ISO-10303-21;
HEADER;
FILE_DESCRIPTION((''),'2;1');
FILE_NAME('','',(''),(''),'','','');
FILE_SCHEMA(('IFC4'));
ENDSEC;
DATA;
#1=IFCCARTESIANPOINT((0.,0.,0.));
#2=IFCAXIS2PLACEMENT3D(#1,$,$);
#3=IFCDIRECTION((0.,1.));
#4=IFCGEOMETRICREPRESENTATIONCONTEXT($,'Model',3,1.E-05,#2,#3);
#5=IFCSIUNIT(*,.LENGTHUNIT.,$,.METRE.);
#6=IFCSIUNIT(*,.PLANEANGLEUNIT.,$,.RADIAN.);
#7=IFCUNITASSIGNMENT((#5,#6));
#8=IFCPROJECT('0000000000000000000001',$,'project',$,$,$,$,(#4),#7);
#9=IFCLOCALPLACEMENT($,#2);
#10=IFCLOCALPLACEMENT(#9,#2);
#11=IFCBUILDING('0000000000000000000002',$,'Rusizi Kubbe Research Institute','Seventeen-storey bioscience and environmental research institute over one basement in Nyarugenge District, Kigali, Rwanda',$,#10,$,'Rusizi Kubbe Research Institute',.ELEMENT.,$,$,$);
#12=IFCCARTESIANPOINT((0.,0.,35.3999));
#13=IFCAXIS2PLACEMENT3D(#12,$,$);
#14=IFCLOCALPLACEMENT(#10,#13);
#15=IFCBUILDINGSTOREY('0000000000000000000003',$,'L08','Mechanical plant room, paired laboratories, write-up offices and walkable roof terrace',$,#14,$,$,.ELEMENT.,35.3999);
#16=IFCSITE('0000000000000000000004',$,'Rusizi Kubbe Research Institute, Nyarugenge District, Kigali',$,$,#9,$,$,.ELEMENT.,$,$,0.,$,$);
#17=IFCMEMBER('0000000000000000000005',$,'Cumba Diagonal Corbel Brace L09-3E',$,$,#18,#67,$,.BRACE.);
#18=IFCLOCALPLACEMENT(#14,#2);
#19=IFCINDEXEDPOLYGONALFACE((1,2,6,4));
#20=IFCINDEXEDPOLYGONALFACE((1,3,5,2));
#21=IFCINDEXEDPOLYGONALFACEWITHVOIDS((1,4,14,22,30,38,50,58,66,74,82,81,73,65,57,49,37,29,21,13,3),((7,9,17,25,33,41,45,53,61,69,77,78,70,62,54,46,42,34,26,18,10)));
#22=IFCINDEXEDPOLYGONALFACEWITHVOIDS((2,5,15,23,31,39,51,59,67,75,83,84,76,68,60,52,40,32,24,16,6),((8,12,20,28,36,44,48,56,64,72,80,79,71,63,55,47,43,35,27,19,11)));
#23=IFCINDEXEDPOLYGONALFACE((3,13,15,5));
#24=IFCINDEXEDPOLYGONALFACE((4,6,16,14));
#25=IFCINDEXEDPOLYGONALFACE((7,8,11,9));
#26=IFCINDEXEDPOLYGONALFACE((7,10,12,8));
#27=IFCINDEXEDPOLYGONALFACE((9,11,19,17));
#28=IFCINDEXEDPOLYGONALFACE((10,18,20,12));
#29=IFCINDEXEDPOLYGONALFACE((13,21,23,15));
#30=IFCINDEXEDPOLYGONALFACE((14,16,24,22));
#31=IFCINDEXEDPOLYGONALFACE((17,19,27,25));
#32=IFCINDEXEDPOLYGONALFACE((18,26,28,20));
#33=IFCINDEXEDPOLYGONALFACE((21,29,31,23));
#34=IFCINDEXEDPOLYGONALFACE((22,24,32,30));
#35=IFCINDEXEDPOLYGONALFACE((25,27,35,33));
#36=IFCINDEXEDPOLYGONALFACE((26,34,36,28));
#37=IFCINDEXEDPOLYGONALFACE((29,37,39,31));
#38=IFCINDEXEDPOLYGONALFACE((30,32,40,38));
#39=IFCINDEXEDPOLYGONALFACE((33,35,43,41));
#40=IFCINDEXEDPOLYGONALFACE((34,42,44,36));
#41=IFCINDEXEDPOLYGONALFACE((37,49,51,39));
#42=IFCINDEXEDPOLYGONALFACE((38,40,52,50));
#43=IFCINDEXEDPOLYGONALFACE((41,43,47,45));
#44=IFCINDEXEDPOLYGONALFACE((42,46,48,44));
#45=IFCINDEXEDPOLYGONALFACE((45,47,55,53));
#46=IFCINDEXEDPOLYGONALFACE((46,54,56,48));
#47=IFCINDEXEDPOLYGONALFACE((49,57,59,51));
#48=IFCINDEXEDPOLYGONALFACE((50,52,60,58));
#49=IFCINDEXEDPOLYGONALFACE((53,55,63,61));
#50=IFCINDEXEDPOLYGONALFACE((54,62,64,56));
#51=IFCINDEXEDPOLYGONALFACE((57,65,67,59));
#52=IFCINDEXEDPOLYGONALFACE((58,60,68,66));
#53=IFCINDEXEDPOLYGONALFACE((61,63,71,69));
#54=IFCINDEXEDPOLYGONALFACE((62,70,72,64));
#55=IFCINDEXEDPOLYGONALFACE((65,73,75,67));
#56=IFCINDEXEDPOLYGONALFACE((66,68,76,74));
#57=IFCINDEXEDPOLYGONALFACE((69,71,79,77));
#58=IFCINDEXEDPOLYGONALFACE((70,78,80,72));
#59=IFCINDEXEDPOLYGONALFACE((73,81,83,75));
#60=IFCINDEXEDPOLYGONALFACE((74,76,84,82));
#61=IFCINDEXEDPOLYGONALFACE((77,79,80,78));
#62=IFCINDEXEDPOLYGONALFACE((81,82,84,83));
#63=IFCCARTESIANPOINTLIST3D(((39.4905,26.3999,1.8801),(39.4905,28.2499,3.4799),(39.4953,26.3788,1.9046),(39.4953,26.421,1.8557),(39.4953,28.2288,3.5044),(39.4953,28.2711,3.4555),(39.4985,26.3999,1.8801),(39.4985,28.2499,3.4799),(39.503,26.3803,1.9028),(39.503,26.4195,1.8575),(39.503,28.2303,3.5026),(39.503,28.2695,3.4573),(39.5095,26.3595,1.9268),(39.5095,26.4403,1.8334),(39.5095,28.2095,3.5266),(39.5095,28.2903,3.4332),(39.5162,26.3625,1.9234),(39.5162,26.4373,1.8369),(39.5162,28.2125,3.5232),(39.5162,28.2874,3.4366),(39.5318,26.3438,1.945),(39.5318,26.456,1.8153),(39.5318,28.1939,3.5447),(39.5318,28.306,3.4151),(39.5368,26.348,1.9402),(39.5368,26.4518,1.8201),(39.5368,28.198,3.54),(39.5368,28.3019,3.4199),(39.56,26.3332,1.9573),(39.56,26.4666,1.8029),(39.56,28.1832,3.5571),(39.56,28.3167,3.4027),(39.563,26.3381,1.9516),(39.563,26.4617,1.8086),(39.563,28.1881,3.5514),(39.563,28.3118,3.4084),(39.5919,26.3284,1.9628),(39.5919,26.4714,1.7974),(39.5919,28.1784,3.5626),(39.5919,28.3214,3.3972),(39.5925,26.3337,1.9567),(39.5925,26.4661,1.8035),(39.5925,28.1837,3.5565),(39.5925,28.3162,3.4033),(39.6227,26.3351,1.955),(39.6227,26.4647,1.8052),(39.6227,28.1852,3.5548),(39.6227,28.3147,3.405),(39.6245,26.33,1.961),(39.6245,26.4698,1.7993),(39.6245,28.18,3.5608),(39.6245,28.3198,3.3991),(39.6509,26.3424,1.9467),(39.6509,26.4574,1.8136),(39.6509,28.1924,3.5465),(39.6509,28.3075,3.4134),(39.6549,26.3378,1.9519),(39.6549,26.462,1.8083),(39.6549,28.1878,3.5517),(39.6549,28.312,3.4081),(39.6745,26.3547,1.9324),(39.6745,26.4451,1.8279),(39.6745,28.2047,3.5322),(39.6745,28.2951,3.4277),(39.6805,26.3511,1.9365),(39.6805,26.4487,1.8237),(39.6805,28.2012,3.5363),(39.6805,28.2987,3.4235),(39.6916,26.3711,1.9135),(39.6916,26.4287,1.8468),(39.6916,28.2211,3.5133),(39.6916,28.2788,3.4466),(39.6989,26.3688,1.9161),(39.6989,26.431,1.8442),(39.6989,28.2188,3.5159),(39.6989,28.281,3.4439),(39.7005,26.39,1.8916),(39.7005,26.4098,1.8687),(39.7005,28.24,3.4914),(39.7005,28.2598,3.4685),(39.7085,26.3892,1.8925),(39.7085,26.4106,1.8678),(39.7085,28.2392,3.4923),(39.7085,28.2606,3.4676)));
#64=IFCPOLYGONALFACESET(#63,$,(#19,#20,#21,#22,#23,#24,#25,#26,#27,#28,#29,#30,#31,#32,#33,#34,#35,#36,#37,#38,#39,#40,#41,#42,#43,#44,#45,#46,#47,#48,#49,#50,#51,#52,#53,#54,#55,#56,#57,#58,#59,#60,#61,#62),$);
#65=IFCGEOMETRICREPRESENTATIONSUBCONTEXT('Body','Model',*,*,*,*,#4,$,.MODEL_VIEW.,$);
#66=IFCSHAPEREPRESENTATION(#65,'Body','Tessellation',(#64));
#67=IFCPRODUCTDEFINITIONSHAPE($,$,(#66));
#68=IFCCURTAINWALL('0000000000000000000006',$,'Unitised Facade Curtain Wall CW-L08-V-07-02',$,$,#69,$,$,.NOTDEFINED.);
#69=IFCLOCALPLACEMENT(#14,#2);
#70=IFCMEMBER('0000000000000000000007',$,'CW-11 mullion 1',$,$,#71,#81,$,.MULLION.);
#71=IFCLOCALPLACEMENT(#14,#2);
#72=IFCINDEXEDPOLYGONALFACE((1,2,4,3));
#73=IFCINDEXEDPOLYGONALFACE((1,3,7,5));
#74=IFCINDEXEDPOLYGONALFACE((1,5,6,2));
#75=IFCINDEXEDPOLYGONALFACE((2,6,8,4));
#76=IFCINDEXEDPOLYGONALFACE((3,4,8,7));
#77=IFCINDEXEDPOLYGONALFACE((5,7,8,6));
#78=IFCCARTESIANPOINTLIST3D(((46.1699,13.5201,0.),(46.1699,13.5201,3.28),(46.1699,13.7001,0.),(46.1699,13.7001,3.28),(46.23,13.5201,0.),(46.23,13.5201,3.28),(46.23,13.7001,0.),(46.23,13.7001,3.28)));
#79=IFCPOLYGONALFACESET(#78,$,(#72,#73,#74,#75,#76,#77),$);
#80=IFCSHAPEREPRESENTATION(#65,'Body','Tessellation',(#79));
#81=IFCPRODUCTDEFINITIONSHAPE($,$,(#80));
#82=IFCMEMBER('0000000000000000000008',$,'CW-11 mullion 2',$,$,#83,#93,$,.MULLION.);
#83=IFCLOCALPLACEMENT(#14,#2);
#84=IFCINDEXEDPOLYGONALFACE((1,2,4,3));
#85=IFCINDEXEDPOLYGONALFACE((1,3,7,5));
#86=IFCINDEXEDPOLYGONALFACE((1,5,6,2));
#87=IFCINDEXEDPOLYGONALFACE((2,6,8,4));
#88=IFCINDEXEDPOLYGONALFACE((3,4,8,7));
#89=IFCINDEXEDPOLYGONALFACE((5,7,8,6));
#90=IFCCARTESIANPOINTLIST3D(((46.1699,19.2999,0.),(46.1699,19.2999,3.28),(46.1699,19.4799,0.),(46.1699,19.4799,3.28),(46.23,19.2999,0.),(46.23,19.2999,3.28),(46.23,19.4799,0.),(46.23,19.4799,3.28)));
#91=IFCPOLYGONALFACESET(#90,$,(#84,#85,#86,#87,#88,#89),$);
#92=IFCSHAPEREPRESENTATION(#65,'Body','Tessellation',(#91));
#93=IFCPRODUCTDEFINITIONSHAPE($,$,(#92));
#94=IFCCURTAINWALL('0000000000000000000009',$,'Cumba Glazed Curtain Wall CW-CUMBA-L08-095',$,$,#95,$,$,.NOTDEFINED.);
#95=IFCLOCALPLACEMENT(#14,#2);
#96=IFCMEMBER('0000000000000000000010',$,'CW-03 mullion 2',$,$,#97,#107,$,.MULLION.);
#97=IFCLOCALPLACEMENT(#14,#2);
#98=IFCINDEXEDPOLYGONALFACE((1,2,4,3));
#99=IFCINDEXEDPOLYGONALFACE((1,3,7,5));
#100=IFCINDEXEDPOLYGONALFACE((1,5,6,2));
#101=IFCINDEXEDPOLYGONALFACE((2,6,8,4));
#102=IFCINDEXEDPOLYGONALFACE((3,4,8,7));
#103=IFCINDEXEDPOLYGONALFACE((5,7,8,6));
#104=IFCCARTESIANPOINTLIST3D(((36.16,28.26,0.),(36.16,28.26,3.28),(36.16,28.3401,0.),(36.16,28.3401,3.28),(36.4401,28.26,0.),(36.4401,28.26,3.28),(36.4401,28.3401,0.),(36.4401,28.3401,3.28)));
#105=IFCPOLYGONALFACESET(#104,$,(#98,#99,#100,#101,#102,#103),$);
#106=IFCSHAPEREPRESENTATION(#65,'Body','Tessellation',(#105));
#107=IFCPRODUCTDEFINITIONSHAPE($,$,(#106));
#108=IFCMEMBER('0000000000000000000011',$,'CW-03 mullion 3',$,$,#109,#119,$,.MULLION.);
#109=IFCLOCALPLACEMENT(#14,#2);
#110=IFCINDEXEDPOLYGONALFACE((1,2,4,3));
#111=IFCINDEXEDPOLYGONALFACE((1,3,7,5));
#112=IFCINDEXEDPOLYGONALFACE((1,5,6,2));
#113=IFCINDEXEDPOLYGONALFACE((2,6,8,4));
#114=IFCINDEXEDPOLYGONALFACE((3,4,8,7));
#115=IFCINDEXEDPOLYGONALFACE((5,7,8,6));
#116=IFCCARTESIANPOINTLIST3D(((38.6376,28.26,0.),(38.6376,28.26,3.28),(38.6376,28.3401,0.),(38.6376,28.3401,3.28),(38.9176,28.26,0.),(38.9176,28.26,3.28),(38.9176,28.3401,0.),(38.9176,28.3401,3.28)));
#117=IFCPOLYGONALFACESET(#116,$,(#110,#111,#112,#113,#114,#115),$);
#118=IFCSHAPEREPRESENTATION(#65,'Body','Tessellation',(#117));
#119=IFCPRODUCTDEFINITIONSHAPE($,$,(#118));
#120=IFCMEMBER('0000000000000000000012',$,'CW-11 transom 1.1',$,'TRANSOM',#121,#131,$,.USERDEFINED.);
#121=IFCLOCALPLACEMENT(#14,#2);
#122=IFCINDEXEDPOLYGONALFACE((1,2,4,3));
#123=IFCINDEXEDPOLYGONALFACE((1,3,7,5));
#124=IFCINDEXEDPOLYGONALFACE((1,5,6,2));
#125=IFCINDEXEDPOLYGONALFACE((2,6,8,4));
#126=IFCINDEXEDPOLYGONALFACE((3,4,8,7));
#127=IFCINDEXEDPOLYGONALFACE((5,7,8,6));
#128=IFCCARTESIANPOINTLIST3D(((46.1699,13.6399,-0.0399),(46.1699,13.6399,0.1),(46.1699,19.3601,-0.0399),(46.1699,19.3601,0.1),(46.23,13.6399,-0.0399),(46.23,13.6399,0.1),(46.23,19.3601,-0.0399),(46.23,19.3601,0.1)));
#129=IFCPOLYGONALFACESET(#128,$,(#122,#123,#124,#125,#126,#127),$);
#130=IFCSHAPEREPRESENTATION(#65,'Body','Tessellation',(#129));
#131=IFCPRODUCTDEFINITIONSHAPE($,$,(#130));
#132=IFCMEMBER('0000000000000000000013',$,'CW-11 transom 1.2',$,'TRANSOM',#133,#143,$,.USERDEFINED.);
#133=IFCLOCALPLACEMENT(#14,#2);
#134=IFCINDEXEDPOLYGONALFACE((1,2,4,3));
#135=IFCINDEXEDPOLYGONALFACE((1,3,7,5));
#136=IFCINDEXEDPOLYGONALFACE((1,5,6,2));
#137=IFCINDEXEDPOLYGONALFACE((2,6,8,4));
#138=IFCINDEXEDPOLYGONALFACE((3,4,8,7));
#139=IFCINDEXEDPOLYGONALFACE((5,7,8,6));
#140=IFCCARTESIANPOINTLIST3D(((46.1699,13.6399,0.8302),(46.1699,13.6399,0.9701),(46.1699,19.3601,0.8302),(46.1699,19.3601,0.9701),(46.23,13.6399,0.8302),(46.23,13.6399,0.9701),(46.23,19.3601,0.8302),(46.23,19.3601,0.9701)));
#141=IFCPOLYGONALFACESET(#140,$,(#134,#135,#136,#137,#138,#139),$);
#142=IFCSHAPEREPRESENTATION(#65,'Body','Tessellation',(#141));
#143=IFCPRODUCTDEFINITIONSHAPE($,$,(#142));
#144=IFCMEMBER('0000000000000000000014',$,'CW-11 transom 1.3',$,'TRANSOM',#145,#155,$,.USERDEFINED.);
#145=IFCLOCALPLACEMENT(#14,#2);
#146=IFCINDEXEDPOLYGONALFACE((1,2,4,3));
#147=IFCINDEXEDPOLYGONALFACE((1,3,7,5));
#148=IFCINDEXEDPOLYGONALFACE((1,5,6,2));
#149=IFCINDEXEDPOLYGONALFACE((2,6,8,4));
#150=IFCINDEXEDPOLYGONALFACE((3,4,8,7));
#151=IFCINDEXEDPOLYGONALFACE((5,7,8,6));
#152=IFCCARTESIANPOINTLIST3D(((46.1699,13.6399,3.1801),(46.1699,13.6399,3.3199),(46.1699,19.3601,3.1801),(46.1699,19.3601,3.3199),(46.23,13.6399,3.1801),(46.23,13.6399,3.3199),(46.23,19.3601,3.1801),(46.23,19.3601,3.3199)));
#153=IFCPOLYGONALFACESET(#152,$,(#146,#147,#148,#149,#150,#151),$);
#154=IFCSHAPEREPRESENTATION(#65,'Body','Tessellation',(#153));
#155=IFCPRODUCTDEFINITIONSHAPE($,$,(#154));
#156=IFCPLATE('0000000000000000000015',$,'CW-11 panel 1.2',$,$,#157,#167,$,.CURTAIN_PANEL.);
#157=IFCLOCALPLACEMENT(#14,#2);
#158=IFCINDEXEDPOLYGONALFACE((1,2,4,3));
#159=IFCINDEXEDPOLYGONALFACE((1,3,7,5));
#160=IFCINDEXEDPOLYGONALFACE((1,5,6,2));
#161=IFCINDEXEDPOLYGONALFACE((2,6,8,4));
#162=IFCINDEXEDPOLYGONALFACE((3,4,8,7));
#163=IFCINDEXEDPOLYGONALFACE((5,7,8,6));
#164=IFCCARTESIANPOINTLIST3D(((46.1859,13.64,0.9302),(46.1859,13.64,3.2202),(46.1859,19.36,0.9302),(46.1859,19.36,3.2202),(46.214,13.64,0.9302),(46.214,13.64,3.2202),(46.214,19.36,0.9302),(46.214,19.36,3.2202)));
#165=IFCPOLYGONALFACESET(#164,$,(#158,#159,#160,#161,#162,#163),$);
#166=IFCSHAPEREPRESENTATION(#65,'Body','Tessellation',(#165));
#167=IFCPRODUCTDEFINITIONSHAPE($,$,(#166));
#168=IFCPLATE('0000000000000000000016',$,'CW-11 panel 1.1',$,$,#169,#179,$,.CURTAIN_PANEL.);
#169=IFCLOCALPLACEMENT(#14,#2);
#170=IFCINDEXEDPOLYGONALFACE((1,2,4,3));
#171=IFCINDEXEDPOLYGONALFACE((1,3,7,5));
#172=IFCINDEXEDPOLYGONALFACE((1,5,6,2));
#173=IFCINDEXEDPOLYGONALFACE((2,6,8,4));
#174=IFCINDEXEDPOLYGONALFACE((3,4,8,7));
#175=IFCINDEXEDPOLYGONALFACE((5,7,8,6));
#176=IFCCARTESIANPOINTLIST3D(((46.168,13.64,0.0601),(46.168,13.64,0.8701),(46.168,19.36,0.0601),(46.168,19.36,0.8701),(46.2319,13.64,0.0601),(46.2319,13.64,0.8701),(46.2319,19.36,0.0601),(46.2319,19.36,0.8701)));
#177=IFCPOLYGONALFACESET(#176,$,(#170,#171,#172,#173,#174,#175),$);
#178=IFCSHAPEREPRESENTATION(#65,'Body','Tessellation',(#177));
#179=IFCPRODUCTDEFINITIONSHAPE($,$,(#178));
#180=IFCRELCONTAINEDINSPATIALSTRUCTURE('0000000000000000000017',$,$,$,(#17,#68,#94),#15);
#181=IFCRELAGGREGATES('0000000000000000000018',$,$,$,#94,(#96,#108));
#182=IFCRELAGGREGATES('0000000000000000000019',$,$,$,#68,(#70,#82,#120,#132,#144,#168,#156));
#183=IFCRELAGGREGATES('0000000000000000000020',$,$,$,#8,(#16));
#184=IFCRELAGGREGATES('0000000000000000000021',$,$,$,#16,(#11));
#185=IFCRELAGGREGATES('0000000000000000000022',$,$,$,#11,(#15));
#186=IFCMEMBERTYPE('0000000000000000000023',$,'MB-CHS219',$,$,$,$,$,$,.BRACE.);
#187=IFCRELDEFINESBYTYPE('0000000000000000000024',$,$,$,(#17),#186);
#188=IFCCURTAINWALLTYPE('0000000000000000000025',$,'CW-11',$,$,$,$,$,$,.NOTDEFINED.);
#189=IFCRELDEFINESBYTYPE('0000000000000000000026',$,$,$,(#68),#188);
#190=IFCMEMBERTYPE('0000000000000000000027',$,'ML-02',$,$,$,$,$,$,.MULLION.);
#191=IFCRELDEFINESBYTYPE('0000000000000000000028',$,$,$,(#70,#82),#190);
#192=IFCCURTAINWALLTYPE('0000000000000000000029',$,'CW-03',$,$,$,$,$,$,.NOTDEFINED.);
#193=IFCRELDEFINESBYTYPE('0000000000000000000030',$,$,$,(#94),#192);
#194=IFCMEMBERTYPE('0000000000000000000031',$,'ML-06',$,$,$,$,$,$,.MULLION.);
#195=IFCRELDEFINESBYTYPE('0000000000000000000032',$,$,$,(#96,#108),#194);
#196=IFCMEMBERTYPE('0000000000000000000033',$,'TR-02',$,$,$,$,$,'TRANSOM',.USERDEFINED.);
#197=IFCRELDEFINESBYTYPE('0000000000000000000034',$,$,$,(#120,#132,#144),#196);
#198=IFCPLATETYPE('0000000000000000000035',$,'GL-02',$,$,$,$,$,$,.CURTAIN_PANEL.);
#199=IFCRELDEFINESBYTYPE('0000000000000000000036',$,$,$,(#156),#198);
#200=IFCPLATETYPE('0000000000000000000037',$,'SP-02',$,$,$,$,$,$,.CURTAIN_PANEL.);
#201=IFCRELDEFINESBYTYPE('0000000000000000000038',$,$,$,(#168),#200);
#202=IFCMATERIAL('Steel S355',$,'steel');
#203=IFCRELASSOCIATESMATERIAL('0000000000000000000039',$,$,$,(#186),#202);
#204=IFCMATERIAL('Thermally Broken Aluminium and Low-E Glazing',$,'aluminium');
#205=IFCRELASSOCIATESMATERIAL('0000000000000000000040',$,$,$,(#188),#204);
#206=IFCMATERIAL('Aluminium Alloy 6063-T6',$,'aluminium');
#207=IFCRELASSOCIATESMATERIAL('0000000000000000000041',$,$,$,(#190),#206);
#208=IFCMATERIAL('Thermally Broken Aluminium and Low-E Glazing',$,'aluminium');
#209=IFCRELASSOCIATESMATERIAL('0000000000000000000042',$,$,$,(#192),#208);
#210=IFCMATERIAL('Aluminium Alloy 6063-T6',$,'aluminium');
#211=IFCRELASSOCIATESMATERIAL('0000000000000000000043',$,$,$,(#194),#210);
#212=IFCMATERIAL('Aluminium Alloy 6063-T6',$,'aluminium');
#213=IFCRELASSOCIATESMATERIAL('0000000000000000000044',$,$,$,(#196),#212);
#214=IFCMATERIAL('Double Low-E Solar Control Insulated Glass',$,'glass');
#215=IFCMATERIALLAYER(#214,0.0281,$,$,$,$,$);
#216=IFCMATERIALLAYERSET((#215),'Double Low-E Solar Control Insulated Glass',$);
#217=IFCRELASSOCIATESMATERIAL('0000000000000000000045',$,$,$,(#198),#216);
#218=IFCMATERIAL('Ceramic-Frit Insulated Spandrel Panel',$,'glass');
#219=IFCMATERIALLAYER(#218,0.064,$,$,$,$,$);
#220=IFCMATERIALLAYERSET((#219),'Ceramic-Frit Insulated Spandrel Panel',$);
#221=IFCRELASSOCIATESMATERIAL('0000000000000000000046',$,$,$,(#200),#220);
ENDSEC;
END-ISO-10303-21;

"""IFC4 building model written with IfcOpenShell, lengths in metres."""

from ifc_helpers import new_model, si_unit, direction, frame, origin, origin_2d, place, context, subcontext, project, spatial, rectangle, hollow_circle, extrude, material, layer, layer_set, material_profile, profile_set, type_object, element, aggregate, save


model = new_model("IFC4")

# Units and contexts
model_context = context("Model", 3, precision=1e-05, world=origin(), true_north=direction((0.0, 1.0)))
body_context = subcontext(model_context, "Body", "Model", "MODEL_VIEW")
ifc_project = project(units=[si_unit("LENGTHUNIT", "METRE"), si_unit("PLANEANGLEUNIT", "RADIAN")], contexts=[model_context])

# Site, building, storey
site_placement = place(None, origin())
site = spatial("IfcSite", under=ifc_project, at=site_placement, Name="Rusizi Kubbe Research Institute, Nyarugenge District, Kigali", CompositionType="ELEMENT", RefElevation=0.0)
building_placement = place(site_placement, origin())
building = spatial("IfcBuilding", under=site, at=building_placement, Name="Rusizi Kubbe Research Institute", Description="Seventeen-storey bioscience and environmental research institute over one basement in Nyarugenge District, Kigali, Rwanda", LongName="Rusizi Kubbe Research Institute", CompositionType="ELEMENT")
storey_placement = place(building_placement, frame((0.0, 0.0, 35.3999)))
storey = spatial("IfcBuildingStorey", under=building, at=storey_placement, Name="L08", Description="Mechanical plant room, paired laboratories, write-up offices and walkable roof terrace", CompositionType="ELEMENT", Elevation=35.3999)

# Member
ifc_material_1 = material(Name="Steel S355", Category="steel")
ifc_material_profile_1 = material_profile(ifc_material_1, hollow_circle(Radius=0.1096, WallThickness=0.0081, at=origin_2d()), Name="CHS 219.1x8.0")
ifc_profile_set_1 = profile_set([ifc_material_profile_1], Name="Steel S355")
member_type_1 = type_object("IfcMemberType", Name="MB-CHS219", PredefinedType="BRACE", material=ifc_profile_set_1)
member_1_placement = place(storey_placement, frame((39.6001, 26.3999, 1.8801), z_axis=(0.0, 0.75641, 0.654098), x_axis=(-1.0, 0.0, 0.0)))
element("IfcMember", 1, at=member_1_placement, inside=storey, type_object=member_type_1, Name="Cumba Diagonal Corbel Brace L09-3E", PredefinedType="BRACE", context=body_context, shape_type="SweptSolid", body=[
    extrude(hollow_circle(Radius=0.1096, WallThickness=0.0081, at=origin_2d()), origin(), (0.0, 0.0, 1.0), 2.4458),
])

# Curtain walls, members
ifc_material_2 = material(Name="Thermally Broken Aluminium and Low-E Glazing", Category="aluminium")
curtain_wall_type_1 = type_object("IfcCurtainWallType", Name="CW-11", PredefinedType="NOTDEFINED", material=ifc_material_2)
curtain_wall_1_placement = place(storey_placement, origin())
curtain_wall_1 = element("IfcCurtainWall", 2, at=curtain_wall_1_placement, inside=storey, type_object=curtain_wall_type_1, Name="Unitised Facade Curtain Wall CW-L08-V-07-02", PredefinedType="NOTDEFINED")
ifc_material_3 = material(Name="Aluminium Alloy 6063-T6", Category="aluminium")
ifc_material_profile_2 = material_profile(ifc_material_3, rectangle(XDim=0.0601, YDim=0.1799, at=origin_2d()), Name="ALU-M 60x180")
ifc_profile_set_2 = profile_set([ifc_material_profile_2], Name="Aluminium Alloy 6063-T6")
member_type_2 = type_object("IfcMemberType", Name="ML-02", PredefinedType="MULLION", material=ifc_profile_set_2)
member_2_placement = place(storey_placement, frame((46.2, 13.6101, 0.0), z_axis=(0.0, 0.0, 1.0), x_axis=(-1.0, 0.0, 0.0)))
member_2 = element("IfcMember", 3, at=member_2_placement, type_object=member_type_2, Name="CW-11 mullion 1", PredefinedType="MULLION", context=body_context, shape_type="SweptSolid", body=[
    extrude(rectangle(XDim=0.0601, YDim=0.1799, at=origin_2d()), origin(), (0.0, 0.0, 1.0), 3.28),
])
member_3_placement = place(storey_placement, frame((46.2, 19.3899, 0.0), z_axis=(0.0, 0.0, 1.0), x_axis=(-1.0, 0.0, 0.0)))
member_3 = element("IfcMember", 4, at=member_3_placement, type_object=member_type_2, Name="CW-11 mullion 2", PredefinedType="MULLION", context=body_context, shape_type="SweptSolid", body=[
    extrude(rectangle(XDim=0.0601, YDim=0.1799, at=origin_2d()), origin(), (0.0, 0.0, 1.0), 3.28),
])
ifc_material_4 = material(Name="Thermally Broken Aluminium and Low-E Glazing", Category="aluminium")
curtain_wall_type_2 = type_object("IfcCurtainWallType", Name="CW-03", PredefinedType="NOTDEFINED", material=ifc_material_4)
curtain_wall_2_placement = place(storey_placement, origin())
curtain_wall_2 = element("IfcCurtainWall", 5, at=curtain_wall_2_placement, inside=storey, type_object=curtain_wall_type_2, Name="Cumba Glazed Curtain Wall CW-CUMBA-L08-095", PredefinedType="NOTDEFINED")
ifc_material_5 = material(Name="Aluminium Alloy 6063-T6", Category="aluminium")
ifc_material_profile_3 = material_profile(ifc_material_5, rectangle(XDim=0.0801, YDim=0.28, at=origin_2d()), Name="ALU-M 80x280")
ifc_profile_set_3 = profile_set([ifc_material_profile_3], Name="Aluminium Alloy 6063-T6")
member_type_3 = type_object("IfcMemberType", Name="ML-06", PredefinedType="MULLION", material=ifc_profile_set_3)
member_4_placement = place(storey_placement, frame((36.3, 28.3, 0.0), z_axis=(0.0, 0.0, 1.0), x_axis=(0.0, 1.0, 0.0)))
member_4 = element("IfcMember", 6, at=member_4_placement, type_object=member_type_3, Name="CW-03 mullion 2", PredefinedType="MULLION", context=body_context, shape_type="SweptSolid", body=[
    extrude(rectangle(XDim=0.0801, YDim=0.28, at=origin_2d()), origin(), (0.0, 0.0, 1.0), 3.28),
])
member_5_placement = place(storey_placement, frame((38.7776, 28.3, 0.0), z_axis=(0.0, 0.0, 1.0), x_axis=(0.0, 1.0, 0.0)))
member_5 = element("IfcMember", 7, at=member_5_placement, type_object=member_type_3, Name="CW-03 mullion 3", PredefinedType="MULLION", context=body_context, shape_type="SweptSolid", body=[
    extrude(rectangle(XDim=0.0801, YDim=0.28, at=origin_2d()), origin(), (0.0, 0.0, 1.0), 3.28),
])
aggregate(curtain_wall_2, [member_4, member_5])

# Members
ifc_material_6 = material(Name="Aluminium Alloy 6063-T6", Category="aluminium")
ifc_material_profile_4 = material_profile(ifc_material_6, rectangle(XDim=0.0601, YDim=0.1399, at=origin_2d()), Name="ALU-T 60x140")
ifc_profile_set_4 = profile_set([ifc_material_profile_4], Name="Aluminium Alloy 6063-T6")
member_type_4 = type_object("IfcMemberType", Name="TR-02", ElementType="TRANSOM", PredefinedType="USERDEFINED", material=ifc_profile_set_4)
member_6_placement = place(storey_placement, frame((46.2, 13.6399, 0.03), z_axis=(0.0, 1.0, 0.0), x_axis=(-1.0, 0.0, 0.0)))
member_6 = element("IfcMember", 8, at=member_6_placement, type_object=member_type_4, Name="CW-11 transom 1.1", ObjectType="TRANSOM", PredefinedType="USERDEFINED", context=body_context, shape_type="SweptSolid", body=[
    extrude(rectangle(XDim=0.0601, YDim=0.1399, at=origin_2d()), origin(), (0.0, 0.0, 1.0), 5.7202),
])
member_7_placement = place(storey_placement, frame((46.2, 13.6399, 0.9001), z_axis=(0.0, 1.0, 0.0), x_axis=(-1.0, 0.0, 0.0)))
member_7 = element("IfcMember", 9, at=member_7_placement, type_object=member_type_4, Name="CW-11 transom 1.2", ObjectType="TRANSOM", PredefinedType="USERDEFINED", context=body_context, shape_type="SweptSolid", body=[
    extrude(rectangle(XDim=0.0601, YDim=0.1399, at=origin_2d()), origin(), (0.0, 0.0, 1.0), 5.7202),
])
member_8_placement = place(storey_placement, frame((46.2, 13.6399, 3.25), z_axis=(0.0, 1.0, 0.0), x_axis=(-1.0, 0.0, 0.0)))
member_8 = element("IfcMember", 10, at=member_8_placement, type_object=member_type_4, Name="CW-11 transom 1.3", ObjectType="TRANSOM", PredefinedType="USERDEFINED", context=body_context, shape_type="SweptSolid", body=[
    extrude(rectangle(XDim=0.0601, YDim=0.1399, at=origin_2d()), origin(), (0.0, 0.0, 1.0), 5.7202),
])

# Plates
ifc_material_7 = material(Name="Double Low-E Solar Control Insulated Glass", Category="glass")
ifc_layer_1 = layer(ifc_material_7, 0.0281)
ifc_layer_set_1 = layer_set([ifc_layer_1], Name="Double Low-E Solar Control Insulated Glass")
plate_type_1 = type_object("IfcPlateType", Name="GL-02", PredefinedType="CURTAIN_PANEL", material=ifc_layer_set_1)
plate_1_placement = place(storey_placement, frame((46.2, 16.5, 0.9302), z_axis=(0.0, 0.0, 1.0), x_axis=(0.0, 1.0, 0.0)))
plate_1 = element("IfcPlate", 11, at=plate_1_placement, type_object=plate_type_1, Name="CW-11 panel 1.2", PredefinedType="CURTAIN_PANEL", context=body_context, shape_type="SweptSolid", body=[
    extrude(rectangle(XDim=5.72, YDim=0.0281, at=origin_2d()), origin(), (0.0, 0.0, 1.0), 2.29),
])
ifc_material_8 = material(Name="Ceramic-Frit Insulated Spandrel Panel", Category="glass")
ifc_layer_2 = layer(ifc_material_8, 0.064)
ifc_layer_set_2 = layer_set([ifc_layer_2], Name="Ceramic-Frit Insulated Spandrel Panel")
plate_type_2 = type_object("IfcPlateType", Name="SP-02", PredefinedType="CURTAIN_PANEL", material=ifc_layer_set_2)
plate_2_placement = place(storey_placement, frame((46.2, 16.5, 0.0601), z_axis=(0.0, 0.0, 1.0), x_axis=(0.0, 1.0, 0.0)))
plate_2 = element("IfcPlate", 12, at=plate_2_placement, type_object=plate_type_2, Name="CW-11 panel 1.1", PredefinedType="CURTAIN_PANEL", context=body_context, shape_type="SweptSolid", body=[
    extrude(rectangle(XDim=5.72, YDim=0.064, at=origin_2d()), origin(), (0.0, 0.0, 1.0), 0.8101),
])
aggregate(curtain_wall_1, [member_2, member_3, member_6, member_7, member_8, plate_2, plate_1])

save(model, "model.ifc")
